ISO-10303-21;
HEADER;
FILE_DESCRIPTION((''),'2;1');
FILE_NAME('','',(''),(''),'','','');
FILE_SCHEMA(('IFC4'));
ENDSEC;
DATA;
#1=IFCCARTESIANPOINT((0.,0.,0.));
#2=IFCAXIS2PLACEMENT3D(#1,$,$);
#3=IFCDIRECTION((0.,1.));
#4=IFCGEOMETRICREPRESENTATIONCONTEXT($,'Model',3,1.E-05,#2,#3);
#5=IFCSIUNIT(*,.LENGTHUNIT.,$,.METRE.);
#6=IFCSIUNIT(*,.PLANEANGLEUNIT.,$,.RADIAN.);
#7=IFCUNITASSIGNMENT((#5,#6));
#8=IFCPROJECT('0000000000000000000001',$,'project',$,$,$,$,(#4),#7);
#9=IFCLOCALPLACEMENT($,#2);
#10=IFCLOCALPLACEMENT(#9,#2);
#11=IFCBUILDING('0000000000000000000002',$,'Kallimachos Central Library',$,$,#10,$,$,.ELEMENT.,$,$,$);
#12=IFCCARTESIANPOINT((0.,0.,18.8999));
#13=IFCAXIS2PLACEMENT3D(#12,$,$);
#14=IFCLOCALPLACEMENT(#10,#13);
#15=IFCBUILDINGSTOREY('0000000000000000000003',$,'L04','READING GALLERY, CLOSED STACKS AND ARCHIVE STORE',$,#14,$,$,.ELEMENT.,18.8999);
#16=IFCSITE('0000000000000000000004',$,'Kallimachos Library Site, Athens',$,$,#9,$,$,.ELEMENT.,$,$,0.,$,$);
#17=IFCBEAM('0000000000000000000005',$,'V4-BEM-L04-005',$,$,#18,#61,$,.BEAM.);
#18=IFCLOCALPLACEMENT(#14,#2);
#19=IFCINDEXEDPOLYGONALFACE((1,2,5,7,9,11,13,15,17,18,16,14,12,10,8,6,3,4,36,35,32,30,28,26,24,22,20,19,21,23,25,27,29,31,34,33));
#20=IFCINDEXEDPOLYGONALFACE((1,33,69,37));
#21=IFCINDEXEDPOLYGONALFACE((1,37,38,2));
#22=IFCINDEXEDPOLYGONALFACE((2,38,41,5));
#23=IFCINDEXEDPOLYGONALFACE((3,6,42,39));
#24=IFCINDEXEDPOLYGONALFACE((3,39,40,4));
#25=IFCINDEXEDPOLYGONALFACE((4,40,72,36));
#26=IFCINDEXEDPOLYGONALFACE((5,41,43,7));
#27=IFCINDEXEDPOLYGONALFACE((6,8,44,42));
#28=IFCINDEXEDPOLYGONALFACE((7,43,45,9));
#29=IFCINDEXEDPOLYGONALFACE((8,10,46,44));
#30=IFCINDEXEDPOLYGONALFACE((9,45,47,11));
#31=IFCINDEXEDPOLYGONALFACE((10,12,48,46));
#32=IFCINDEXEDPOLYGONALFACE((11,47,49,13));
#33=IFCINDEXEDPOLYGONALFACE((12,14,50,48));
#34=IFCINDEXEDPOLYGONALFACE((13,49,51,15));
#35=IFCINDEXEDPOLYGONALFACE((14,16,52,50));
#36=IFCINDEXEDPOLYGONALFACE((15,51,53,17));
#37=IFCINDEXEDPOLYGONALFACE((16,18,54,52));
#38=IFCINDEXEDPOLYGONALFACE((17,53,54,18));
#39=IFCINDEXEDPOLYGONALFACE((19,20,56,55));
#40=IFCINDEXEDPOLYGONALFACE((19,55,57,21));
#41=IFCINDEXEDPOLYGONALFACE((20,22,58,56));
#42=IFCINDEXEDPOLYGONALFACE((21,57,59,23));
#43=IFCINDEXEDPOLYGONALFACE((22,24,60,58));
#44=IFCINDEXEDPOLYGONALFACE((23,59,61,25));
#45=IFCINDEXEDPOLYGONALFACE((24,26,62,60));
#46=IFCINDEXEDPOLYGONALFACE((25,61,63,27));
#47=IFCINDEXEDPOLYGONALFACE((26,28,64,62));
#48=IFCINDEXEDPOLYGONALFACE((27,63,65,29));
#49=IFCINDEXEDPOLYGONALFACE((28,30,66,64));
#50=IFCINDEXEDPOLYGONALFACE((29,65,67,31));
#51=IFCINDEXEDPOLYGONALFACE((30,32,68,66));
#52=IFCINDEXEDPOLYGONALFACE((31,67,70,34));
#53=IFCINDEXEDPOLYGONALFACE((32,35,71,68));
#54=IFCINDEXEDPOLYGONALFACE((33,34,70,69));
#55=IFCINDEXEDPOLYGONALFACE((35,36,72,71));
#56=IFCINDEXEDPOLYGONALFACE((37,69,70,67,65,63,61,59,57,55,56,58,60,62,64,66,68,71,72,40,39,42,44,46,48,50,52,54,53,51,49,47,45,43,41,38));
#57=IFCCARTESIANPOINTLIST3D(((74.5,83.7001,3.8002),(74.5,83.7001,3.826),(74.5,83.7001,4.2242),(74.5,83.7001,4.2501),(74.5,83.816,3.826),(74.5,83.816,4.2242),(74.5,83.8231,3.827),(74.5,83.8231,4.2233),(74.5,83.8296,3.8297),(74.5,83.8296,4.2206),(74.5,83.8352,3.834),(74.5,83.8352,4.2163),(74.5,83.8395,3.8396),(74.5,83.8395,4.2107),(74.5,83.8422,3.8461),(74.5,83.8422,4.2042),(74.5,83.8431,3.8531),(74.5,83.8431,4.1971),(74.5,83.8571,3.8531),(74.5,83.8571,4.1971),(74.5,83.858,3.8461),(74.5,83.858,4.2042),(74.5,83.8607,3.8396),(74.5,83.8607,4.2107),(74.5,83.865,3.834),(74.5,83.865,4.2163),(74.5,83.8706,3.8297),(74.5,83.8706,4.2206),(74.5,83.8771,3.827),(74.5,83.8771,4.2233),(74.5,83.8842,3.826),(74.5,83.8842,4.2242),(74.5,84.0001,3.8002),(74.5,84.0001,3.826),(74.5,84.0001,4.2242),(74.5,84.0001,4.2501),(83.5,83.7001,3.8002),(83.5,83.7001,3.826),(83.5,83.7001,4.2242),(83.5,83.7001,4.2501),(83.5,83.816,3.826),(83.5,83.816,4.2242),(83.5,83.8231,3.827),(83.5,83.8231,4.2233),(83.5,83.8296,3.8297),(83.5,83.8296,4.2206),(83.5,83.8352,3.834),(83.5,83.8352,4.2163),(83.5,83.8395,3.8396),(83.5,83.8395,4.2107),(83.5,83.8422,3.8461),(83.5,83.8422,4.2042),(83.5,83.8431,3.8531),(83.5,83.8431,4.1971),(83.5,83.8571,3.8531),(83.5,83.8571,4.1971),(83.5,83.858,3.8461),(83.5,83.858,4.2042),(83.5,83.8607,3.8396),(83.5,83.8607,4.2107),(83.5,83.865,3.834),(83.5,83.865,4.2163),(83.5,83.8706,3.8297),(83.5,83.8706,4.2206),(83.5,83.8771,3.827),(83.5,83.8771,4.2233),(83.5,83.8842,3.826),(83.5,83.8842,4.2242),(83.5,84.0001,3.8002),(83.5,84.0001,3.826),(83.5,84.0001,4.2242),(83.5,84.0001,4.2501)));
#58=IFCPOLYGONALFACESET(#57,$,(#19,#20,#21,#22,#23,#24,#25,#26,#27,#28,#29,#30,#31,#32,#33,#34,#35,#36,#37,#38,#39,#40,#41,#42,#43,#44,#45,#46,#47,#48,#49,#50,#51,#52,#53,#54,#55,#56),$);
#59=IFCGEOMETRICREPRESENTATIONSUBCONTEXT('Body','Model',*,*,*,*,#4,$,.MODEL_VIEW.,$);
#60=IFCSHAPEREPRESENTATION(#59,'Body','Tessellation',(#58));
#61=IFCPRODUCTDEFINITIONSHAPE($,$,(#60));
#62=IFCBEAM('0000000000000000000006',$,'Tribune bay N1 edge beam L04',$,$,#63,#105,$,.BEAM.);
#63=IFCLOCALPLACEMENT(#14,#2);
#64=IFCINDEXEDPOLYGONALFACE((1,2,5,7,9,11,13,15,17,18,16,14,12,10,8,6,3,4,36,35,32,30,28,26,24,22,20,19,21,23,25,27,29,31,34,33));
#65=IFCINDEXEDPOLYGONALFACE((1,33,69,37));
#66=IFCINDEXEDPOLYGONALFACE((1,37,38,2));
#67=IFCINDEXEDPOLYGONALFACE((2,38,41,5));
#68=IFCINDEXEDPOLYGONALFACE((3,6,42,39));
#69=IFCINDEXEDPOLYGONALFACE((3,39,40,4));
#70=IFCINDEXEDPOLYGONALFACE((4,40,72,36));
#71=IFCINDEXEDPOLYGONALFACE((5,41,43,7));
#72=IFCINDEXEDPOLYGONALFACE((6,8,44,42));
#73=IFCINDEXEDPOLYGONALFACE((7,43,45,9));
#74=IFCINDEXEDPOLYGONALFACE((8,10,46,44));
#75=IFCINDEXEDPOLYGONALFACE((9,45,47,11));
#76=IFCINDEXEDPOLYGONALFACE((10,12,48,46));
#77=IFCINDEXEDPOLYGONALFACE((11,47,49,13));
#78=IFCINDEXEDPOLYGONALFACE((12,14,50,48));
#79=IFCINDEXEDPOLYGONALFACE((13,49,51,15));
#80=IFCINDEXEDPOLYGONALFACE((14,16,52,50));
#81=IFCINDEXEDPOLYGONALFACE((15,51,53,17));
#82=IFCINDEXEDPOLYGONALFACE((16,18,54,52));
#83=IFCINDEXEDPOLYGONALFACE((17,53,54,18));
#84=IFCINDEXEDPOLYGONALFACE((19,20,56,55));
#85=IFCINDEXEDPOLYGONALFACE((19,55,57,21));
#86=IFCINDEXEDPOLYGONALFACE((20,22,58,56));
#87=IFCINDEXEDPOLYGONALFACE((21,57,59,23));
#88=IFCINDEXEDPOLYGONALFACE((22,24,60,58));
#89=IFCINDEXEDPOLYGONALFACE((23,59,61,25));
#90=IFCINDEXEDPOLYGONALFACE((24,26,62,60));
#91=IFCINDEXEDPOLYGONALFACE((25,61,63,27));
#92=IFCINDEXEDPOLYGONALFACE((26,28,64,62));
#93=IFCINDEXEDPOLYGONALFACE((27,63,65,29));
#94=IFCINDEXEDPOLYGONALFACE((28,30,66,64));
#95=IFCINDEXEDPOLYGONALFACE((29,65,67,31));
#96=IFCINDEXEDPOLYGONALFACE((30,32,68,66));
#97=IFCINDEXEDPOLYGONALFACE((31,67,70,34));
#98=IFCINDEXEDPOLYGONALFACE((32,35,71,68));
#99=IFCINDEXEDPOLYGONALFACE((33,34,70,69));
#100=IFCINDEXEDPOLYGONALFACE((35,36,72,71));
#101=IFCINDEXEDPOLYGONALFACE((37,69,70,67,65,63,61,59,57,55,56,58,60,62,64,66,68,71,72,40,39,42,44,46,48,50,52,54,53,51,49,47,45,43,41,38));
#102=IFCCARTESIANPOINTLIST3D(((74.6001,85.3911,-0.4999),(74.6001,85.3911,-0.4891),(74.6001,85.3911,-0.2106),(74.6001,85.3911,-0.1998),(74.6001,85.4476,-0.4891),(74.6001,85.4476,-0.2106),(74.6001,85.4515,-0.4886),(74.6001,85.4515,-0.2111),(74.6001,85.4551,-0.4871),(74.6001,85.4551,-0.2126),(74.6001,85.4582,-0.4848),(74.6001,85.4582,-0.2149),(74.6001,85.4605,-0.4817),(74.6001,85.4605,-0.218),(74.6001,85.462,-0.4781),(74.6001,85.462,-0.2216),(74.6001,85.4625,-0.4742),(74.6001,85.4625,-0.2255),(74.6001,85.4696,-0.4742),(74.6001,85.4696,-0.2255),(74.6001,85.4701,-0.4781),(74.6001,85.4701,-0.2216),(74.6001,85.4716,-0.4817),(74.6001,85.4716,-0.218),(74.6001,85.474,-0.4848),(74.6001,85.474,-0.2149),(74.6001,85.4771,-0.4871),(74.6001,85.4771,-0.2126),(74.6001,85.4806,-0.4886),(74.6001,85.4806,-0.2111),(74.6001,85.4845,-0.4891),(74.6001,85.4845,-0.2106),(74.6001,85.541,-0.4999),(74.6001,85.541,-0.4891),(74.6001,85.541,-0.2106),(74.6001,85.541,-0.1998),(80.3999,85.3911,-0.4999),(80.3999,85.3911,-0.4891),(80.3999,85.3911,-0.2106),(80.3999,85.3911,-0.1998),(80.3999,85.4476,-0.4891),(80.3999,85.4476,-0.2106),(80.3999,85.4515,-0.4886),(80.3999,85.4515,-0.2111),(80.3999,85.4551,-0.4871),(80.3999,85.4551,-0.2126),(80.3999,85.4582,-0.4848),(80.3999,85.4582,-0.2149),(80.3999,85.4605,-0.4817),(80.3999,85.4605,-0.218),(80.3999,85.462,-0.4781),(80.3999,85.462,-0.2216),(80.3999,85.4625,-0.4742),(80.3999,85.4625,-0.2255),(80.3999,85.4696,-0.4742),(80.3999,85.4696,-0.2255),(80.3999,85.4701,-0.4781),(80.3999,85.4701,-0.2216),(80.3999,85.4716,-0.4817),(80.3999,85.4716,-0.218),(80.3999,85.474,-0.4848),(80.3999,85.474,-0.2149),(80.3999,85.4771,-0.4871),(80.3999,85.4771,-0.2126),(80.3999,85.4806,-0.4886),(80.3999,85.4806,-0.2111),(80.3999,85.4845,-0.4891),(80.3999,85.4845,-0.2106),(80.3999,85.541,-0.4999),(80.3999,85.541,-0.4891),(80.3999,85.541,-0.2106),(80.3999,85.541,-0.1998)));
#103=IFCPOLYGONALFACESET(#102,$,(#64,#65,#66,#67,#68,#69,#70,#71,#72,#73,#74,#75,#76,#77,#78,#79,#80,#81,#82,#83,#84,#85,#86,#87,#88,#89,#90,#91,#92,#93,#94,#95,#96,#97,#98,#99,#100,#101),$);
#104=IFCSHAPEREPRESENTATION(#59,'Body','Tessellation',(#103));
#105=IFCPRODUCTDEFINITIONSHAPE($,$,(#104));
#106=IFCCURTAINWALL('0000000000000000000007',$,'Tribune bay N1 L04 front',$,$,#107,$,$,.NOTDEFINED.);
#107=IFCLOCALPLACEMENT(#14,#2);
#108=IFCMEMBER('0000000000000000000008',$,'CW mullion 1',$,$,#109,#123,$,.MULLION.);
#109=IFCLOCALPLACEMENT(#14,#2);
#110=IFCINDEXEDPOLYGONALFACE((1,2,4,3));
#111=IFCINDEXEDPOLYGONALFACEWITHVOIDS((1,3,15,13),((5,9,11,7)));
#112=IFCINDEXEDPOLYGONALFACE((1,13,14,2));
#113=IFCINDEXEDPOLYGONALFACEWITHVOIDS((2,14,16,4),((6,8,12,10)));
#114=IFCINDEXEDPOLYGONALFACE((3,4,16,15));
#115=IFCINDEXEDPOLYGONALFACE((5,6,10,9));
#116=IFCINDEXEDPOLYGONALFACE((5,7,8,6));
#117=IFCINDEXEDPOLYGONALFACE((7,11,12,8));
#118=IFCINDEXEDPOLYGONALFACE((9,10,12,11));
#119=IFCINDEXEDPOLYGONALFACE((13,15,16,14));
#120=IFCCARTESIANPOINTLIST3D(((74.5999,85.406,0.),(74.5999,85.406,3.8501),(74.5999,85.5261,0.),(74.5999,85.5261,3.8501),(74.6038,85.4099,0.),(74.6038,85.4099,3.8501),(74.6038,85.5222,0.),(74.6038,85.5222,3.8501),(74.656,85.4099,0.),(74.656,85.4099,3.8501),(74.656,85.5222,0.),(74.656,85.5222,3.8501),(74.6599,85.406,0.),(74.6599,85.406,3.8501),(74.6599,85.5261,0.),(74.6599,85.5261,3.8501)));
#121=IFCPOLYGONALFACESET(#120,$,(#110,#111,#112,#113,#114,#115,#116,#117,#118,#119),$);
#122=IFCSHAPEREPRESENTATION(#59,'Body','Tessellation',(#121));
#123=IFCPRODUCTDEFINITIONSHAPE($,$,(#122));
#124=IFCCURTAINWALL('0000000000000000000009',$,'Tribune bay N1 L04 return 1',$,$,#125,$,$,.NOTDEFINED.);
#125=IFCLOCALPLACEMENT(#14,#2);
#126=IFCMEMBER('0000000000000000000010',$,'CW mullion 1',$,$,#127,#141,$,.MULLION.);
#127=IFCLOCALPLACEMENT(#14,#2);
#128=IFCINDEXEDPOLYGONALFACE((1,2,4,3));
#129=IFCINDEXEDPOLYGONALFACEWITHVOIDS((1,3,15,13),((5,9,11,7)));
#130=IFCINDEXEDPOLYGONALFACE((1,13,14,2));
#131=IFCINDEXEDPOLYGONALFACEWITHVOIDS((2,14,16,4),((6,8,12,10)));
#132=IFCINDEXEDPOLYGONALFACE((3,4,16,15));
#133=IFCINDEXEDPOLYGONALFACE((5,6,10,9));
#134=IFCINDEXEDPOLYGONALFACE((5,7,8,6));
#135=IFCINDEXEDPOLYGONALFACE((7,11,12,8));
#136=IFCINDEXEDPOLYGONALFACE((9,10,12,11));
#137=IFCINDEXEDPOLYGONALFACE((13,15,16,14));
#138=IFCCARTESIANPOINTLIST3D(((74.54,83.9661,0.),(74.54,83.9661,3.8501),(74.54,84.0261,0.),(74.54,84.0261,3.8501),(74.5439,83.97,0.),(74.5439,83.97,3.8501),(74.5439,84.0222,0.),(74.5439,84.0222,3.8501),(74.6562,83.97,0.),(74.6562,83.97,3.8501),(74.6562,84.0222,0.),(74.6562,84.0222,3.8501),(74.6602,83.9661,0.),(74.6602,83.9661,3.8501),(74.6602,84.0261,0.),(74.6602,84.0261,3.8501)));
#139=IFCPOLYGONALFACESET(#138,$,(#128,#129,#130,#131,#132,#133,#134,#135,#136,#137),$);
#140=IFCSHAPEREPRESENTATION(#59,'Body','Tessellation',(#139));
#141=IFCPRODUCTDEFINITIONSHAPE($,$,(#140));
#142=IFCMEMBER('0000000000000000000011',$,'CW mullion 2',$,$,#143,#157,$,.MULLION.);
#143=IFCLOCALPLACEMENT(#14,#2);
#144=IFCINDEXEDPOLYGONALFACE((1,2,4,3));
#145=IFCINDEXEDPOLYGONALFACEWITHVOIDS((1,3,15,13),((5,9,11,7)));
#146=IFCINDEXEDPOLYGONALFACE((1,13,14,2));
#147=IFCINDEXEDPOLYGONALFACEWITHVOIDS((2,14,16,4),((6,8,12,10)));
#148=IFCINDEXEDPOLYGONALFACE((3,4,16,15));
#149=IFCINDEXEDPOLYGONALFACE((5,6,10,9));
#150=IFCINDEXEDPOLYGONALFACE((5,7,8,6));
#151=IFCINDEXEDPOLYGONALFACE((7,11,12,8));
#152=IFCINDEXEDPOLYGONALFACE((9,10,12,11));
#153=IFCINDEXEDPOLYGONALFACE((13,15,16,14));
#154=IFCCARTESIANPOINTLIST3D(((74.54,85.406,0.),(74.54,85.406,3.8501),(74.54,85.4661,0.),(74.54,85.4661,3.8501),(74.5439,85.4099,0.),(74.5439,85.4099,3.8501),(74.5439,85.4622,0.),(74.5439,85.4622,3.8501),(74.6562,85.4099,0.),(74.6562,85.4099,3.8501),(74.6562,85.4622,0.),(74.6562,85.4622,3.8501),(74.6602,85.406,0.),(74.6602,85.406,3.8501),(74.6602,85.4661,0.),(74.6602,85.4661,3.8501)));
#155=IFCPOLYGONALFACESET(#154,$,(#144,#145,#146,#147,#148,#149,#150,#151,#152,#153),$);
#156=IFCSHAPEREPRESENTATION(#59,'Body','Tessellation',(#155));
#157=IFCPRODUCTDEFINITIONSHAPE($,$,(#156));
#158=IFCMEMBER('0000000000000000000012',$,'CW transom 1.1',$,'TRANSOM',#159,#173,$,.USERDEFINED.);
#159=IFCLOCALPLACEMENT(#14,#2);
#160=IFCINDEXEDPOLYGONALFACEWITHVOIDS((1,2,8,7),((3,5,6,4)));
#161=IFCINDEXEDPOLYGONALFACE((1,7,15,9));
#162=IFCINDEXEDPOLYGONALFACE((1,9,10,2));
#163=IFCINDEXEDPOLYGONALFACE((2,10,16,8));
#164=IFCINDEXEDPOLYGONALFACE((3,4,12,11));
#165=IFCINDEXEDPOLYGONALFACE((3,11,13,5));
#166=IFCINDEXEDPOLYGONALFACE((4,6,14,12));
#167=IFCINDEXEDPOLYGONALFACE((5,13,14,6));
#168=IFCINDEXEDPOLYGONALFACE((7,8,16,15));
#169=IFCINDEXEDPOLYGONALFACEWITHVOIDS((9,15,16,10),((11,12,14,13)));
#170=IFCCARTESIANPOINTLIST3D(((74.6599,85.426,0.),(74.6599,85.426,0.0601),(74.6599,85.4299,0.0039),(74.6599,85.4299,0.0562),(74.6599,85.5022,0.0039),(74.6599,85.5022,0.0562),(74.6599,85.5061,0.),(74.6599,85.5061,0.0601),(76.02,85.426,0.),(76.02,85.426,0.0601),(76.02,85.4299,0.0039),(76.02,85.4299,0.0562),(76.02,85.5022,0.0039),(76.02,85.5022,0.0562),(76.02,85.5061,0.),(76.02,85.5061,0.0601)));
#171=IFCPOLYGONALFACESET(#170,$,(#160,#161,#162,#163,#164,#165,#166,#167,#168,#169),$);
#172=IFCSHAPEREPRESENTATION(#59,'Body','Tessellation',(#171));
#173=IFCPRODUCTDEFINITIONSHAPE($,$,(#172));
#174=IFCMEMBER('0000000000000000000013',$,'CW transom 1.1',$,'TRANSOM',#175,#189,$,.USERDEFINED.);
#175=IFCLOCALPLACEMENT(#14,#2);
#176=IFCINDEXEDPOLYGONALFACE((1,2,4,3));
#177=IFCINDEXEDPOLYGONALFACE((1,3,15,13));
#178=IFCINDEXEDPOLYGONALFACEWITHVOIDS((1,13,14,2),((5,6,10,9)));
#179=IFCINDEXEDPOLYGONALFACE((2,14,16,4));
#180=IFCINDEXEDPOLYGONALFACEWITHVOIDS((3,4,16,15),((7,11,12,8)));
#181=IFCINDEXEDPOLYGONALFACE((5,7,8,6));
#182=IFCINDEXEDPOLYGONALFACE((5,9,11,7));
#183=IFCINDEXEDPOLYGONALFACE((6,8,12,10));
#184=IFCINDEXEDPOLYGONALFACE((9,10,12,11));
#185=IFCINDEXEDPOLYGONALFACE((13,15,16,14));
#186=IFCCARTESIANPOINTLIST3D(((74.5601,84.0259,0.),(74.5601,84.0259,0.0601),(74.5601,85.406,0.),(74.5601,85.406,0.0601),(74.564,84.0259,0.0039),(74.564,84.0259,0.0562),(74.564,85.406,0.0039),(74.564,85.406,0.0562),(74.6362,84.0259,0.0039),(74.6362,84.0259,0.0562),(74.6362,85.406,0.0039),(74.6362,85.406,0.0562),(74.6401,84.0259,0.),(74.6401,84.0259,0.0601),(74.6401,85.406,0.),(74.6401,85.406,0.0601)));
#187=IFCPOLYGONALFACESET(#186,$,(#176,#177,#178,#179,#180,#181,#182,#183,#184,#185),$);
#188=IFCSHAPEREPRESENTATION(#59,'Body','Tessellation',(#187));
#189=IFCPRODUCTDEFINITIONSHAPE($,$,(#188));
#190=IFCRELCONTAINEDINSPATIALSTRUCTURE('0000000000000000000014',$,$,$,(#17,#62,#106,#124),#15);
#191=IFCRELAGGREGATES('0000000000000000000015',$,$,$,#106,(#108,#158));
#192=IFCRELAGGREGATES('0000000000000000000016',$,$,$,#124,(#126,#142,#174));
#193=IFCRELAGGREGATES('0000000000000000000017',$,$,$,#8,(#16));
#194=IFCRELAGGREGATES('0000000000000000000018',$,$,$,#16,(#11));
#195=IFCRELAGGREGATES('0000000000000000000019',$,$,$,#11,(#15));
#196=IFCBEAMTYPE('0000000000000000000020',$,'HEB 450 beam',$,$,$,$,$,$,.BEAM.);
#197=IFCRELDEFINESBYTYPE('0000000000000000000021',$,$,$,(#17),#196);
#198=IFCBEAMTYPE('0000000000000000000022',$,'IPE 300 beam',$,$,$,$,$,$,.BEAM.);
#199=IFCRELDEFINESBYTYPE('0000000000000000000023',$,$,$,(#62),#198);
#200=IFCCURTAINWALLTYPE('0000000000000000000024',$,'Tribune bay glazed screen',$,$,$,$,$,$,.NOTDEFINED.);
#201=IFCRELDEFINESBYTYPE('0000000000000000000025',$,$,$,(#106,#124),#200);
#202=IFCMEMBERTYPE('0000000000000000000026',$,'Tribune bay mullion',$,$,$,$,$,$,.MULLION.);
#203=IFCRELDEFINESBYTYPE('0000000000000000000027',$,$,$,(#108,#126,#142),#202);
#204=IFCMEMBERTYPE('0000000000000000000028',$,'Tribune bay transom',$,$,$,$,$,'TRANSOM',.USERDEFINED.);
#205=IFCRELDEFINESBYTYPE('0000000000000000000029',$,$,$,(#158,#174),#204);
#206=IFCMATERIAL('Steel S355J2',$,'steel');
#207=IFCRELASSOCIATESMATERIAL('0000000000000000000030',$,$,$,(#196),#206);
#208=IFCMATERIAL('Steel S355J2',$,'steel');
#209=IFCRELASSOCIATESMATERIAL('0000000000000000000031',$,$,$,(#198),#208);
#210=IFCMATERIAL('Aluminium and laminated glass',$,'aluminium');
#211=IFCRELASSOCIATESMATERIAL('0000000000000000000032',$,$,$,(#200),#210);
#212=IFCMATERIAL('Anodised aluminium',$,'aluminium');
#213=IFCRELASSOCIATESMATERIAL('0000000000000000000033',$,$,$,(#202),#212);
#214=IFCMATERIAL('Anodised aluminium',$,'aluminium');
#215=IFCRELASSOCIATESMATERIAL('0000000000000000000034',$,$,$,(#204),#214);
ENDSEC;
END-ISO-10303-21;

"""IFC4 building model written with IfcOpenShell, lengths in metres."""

from ifc_helpers import new_model, si_unit, direction, frame, origin, origin_2d, place, context, subcontext, project, spatial, hollow_rectangle, i_section, extrude, material, material_profile, profile_set, type_object, element, aggregate, save


model = new_model("IFC4")

# Units and contexts
model_context = context("Model", 3, precision=1e-05, world=origin(), true_north=direction((0.0, 1.0)))
body_context = subcontext(model_context, "Body", "Model", "MODEL_VIEW")
ifc_project = project(units=[si_unit("LENGTHUNIT", "METRE"), si_unit("PLANEANGLEUNIT", "RADIAN")], contexts=[model_context])

# Site, building, storey
site_placement = place(None, origin())
site = spatial("IfcSite", under=ifc_project, at=site_placement, Name="Kallimachos Library Site, Athens", CompositionType="ELEMENT", RefElevation=0.0)
building_placement = place(site_placement, origin())
building = spatial("IfcBuilding", under=site, at=building_placement, Name="Kallimachos Central Library", CompositionType="ELEMENT")
storey_placement = place(building_placement, frame((0.0, 0.0, 18.8999)))
storey = spatial("IfcBuildingStorey", under=building, at=storey_placement, Name="L04", Description="READING GALLERY, CLOSED STACKS AND ARCHIVE STORE", CompositionType="ELEMENT", Elevation=18.8999)

# Beams
ifc_material_1 = material(Name="Steel S355J2", Category="steel")
ifc_material_profile_1 = material_profile(ifc_material_1, i_section(OverallWidth=0.3, OverallDepth=0.45, WebThickness=0.0139, FlangeThickness=0.0259, FilletRadius=0.0271, at=origin_2d()), Name="HEB 450")
ifc_profile_set_1 = profile_set([ifc_material_profile_1], Name="Steel S355J2")
beam_type_1 = type_object("IfcBeamType", Name="HEB 450 beam", PredefinedType="BEAM", material=ifc_profile_set_1)
beam_1_placement = place(storey_placement, frame((74.5, 83.8501, 4.0251), z_axis=(1.0, 0.0, 0.0), x_axis=(0.0, 1.0, 0.0)))
element("IfcBeam", 1, at=beam_1_placement, inside=storey, type_object=beam_type_1, Name="V4-BEM-L04-005", PredefinedType="BEAM", context=body_context, shape_type="SweptSolid", body=[
    extrude(i_section(OverallWidth=0.3, OverallDepth=0.45, WebThickness=0.0139, FlangeThickness=0.0259, FilletRadius=0.0271, at=origin_2d()), origin(), (0.0, 0.0, 1.0), 9.0),
])
ifc_material_2 = material(Name="Steel S355J2", Category="steel")
ifc_material_profile_2 = material_profile(ifc_material_2, i_section(OverallWidth=0.1499, OverallDepth=0.3, WebThickness=0.0071, FlangeThickness=0.0107, FilletRadius=0.0149, at=origin_2d()), Name="IPE 300")
ifc_profile_set_2 = profile_set([ifc_material_profile_2], Name="Steel S355J2")
beam_type_2 = type_object("IfcBeamType", Name="IPE 300 beam", PredefinedType="BEAM", material=ifc_profile_set_2)
beam_2_placement = place(storey_placement, frame((74.6001, 85.4661, -0.3499), z_axis=(1.0, 0.0, 0.0), x_axis=(0.0, 1.0, 0.0)))
element("IfcBeam", 2, at=beam_2_placement, inside=storey, type_object=beam_type_2, Name="Tribune bay N1 edge beam L04", PredefinedType="BEAM", context=body_context, shape_type="SweptSolid", body=[
    extrude(i_section(OverallWidth=0.1499, OverallDepth=0.3, WebThickness=0.0071, FlangeThickness=0.0107, FilletRadius=0.0149, at=origin_2d()), origin(), (0.0, 0.0, 1.0), 5.7998),
])

# Curtain wall, member
ifc_material_3 = material(Name="Aluminium and laminated glass", Category="aluminium")
curtain_wall_type = type_object("IfcCurtainWallType", Name="Tribune bay glazed screen", PredefinedType="NOTDEFINED", material=ifc_material_3)
curtain_wall_1_placement = place(storey_placement, origin())
curtain_wall_1 = element("IfcCurtainWall", 3, at=curtain_wall_1_placement, inside=storey, type_object=curtain_wall_type, Name="Tribune bay N1 L04 front", PredefinedType="NOTDEFINED")
ifc_material_4 = material(Name="Anodised aluminium", Category="aluminium")
ifc_material_profile_3 = material_profile(ifc_material_4, hollow_rectangle(XDim=0.0601, YDim=0.1201, WallThickness=0.0039, at=origin_2d()), Name="ALU MULLION 60x120")
ifc_profile_set_3 = profile_set([ifc_material_profile_3], Name="Anodised aluminium")
member_type_1 = type_object("IfcMemberType", Name="Tribune bay mullion", PredefinedType="MULLION", material=ifc_profile_set_3)
member_1_placement = place(storey_placement, frame((74.6299, 85.4661, 0.0), z_axis=(0.0, 0.0, 1.0), x_axis=(1.0, 0.0, 0.0)))
member_1 = element("IfcMember", 4, at=member_1_placement, type_object=member_type_1, Name="CW mullion 1", PredefinedType="MULLION", context=body_context, shape_type="SweptSolid", body=[
    extrude(hollow_rectangle(XDim=0.0601, YDim=0.1201, WallThickness=0.0039, at=origin_2d()), origin(), (0.0, 0.0, 1.0), 3.8501),
])

# Curtain wall, members
curtain_wall_2_placement = place(storey_placement, origin())
curtain_wall_2 = element("IfcCurtainWall", 5, at=curtain_wall_2_placement, inside=storey, type_object=curtain_wall_type, Name="Tribune bay N1 L04 return 1", PredefinedType="NOTDEFINED")
member_2_placement = place(storey_placement, frame((74.6001, 83.9961, 0.0), z_axis=(0.0, 0.0, 1.0), x_axis=(0.0, 1.0, 0.0)))
member_2 = element("IfcMember", 6, at=member_2_placement, type_object=member_type_1, Name="CW mullion 1", PredefinedType="MULLION", context=body_context, shape_type="SweptSolid", body=[
    extrude(hollow_rectangle(XDim=0.0601, YDim=0.1201, WallThickness=0.0039, at=origin_2d()), origin(), (0.0, 0.0, 1.0), 3.8501),
])
member_3_placement = place(storey_placement, frame((74.6001, 85.436, 0.0), z_axis=(0.0, 0.0, 1.0), x_axis=(0.0, 1.0, 0.0)))
member_3 = element("IfcMember", 7, at=member_3_placement, type_object=member_type_1, Name="CW mullion 2", PredefinedType="MULLION", context=body_context, shape_type="SweptSolid", body=[
    extrude(hollow_rectangle(XDim=0.0601, YDim=0.1201, WallThickness=0.0039, at=origin_2d()), origin(), (0.0, 0.0, 1.0), 3.8501),
])

# Members
ifc_material_5 = material(Name="Anodised aluminium", Category="aluminium")
ifc_material_profile_4 = material_profile(ifc_material_5, hollow_rectangle(XDim=0.0601, YDim=0.0801, WallThickness=0.0039, at=origin_2d()), Name="ALU TRANSOM 60x80")
ifc_profile_set_4 = profile_set([ifc_material_profile_4], Name="Anodised aluminium")
member_type_2 = type_object("IfcMemberType", Name="Tribune bay transom", ElementType="TRANSOM", PredefinedType="USERDEFINED", material=ifc_profile_set_4)
member_4_placement = place(storey_placement, frame((74.6599, 85.4661, 0.03), z_axis=(1.0, 0.0, 0.0), x_axis=(0.0, 0.0, 1.0)))
member_4 = element("IfcMember", 8, at=member_4_placement, type_object=member_type_2, Name="CW transom 1.1", ObjectType="TRANSOM", PredefinedType="USERDEFINED", context=body_context, shape_type="SweptSolid", body=[
    extrude(hollow_rectangle(XDim=0.0601, YDim=0.0801, WallThickness=0.0039, at=origin_2d()), origin(), (0.0, 0.0, 1.0), 1.3601),
])
aggregate(curtain_wall_1, [member_1, member_4])
member_5_placement = place(storey_placement, frame((74.6001, 84.0259, 0.03), z_axis=(0.0, 1.0, 0.0), x_axis=(0.0, 0.0, 1.0)))
member_5 = element("IfcMember", 9, at=member_5_placement, type_object=member_type_2, Name="CW transom 1.1", ObjectType="TRANSOM", PredefinedType="USERDEFINED", context=body_context, shape_type="SweptSolid", body=[
    extrude(hollow_rectangle(XDim=0.0601, YDim=0.0801, WallThickness=0.0039, at=origin_2d()), origin(), (0.0, 0.0, 1.0), 1.3801),
])

aggregate(curtain_wall_2, [member_2, member_3, member_5])

save(model, "model.ifc")
